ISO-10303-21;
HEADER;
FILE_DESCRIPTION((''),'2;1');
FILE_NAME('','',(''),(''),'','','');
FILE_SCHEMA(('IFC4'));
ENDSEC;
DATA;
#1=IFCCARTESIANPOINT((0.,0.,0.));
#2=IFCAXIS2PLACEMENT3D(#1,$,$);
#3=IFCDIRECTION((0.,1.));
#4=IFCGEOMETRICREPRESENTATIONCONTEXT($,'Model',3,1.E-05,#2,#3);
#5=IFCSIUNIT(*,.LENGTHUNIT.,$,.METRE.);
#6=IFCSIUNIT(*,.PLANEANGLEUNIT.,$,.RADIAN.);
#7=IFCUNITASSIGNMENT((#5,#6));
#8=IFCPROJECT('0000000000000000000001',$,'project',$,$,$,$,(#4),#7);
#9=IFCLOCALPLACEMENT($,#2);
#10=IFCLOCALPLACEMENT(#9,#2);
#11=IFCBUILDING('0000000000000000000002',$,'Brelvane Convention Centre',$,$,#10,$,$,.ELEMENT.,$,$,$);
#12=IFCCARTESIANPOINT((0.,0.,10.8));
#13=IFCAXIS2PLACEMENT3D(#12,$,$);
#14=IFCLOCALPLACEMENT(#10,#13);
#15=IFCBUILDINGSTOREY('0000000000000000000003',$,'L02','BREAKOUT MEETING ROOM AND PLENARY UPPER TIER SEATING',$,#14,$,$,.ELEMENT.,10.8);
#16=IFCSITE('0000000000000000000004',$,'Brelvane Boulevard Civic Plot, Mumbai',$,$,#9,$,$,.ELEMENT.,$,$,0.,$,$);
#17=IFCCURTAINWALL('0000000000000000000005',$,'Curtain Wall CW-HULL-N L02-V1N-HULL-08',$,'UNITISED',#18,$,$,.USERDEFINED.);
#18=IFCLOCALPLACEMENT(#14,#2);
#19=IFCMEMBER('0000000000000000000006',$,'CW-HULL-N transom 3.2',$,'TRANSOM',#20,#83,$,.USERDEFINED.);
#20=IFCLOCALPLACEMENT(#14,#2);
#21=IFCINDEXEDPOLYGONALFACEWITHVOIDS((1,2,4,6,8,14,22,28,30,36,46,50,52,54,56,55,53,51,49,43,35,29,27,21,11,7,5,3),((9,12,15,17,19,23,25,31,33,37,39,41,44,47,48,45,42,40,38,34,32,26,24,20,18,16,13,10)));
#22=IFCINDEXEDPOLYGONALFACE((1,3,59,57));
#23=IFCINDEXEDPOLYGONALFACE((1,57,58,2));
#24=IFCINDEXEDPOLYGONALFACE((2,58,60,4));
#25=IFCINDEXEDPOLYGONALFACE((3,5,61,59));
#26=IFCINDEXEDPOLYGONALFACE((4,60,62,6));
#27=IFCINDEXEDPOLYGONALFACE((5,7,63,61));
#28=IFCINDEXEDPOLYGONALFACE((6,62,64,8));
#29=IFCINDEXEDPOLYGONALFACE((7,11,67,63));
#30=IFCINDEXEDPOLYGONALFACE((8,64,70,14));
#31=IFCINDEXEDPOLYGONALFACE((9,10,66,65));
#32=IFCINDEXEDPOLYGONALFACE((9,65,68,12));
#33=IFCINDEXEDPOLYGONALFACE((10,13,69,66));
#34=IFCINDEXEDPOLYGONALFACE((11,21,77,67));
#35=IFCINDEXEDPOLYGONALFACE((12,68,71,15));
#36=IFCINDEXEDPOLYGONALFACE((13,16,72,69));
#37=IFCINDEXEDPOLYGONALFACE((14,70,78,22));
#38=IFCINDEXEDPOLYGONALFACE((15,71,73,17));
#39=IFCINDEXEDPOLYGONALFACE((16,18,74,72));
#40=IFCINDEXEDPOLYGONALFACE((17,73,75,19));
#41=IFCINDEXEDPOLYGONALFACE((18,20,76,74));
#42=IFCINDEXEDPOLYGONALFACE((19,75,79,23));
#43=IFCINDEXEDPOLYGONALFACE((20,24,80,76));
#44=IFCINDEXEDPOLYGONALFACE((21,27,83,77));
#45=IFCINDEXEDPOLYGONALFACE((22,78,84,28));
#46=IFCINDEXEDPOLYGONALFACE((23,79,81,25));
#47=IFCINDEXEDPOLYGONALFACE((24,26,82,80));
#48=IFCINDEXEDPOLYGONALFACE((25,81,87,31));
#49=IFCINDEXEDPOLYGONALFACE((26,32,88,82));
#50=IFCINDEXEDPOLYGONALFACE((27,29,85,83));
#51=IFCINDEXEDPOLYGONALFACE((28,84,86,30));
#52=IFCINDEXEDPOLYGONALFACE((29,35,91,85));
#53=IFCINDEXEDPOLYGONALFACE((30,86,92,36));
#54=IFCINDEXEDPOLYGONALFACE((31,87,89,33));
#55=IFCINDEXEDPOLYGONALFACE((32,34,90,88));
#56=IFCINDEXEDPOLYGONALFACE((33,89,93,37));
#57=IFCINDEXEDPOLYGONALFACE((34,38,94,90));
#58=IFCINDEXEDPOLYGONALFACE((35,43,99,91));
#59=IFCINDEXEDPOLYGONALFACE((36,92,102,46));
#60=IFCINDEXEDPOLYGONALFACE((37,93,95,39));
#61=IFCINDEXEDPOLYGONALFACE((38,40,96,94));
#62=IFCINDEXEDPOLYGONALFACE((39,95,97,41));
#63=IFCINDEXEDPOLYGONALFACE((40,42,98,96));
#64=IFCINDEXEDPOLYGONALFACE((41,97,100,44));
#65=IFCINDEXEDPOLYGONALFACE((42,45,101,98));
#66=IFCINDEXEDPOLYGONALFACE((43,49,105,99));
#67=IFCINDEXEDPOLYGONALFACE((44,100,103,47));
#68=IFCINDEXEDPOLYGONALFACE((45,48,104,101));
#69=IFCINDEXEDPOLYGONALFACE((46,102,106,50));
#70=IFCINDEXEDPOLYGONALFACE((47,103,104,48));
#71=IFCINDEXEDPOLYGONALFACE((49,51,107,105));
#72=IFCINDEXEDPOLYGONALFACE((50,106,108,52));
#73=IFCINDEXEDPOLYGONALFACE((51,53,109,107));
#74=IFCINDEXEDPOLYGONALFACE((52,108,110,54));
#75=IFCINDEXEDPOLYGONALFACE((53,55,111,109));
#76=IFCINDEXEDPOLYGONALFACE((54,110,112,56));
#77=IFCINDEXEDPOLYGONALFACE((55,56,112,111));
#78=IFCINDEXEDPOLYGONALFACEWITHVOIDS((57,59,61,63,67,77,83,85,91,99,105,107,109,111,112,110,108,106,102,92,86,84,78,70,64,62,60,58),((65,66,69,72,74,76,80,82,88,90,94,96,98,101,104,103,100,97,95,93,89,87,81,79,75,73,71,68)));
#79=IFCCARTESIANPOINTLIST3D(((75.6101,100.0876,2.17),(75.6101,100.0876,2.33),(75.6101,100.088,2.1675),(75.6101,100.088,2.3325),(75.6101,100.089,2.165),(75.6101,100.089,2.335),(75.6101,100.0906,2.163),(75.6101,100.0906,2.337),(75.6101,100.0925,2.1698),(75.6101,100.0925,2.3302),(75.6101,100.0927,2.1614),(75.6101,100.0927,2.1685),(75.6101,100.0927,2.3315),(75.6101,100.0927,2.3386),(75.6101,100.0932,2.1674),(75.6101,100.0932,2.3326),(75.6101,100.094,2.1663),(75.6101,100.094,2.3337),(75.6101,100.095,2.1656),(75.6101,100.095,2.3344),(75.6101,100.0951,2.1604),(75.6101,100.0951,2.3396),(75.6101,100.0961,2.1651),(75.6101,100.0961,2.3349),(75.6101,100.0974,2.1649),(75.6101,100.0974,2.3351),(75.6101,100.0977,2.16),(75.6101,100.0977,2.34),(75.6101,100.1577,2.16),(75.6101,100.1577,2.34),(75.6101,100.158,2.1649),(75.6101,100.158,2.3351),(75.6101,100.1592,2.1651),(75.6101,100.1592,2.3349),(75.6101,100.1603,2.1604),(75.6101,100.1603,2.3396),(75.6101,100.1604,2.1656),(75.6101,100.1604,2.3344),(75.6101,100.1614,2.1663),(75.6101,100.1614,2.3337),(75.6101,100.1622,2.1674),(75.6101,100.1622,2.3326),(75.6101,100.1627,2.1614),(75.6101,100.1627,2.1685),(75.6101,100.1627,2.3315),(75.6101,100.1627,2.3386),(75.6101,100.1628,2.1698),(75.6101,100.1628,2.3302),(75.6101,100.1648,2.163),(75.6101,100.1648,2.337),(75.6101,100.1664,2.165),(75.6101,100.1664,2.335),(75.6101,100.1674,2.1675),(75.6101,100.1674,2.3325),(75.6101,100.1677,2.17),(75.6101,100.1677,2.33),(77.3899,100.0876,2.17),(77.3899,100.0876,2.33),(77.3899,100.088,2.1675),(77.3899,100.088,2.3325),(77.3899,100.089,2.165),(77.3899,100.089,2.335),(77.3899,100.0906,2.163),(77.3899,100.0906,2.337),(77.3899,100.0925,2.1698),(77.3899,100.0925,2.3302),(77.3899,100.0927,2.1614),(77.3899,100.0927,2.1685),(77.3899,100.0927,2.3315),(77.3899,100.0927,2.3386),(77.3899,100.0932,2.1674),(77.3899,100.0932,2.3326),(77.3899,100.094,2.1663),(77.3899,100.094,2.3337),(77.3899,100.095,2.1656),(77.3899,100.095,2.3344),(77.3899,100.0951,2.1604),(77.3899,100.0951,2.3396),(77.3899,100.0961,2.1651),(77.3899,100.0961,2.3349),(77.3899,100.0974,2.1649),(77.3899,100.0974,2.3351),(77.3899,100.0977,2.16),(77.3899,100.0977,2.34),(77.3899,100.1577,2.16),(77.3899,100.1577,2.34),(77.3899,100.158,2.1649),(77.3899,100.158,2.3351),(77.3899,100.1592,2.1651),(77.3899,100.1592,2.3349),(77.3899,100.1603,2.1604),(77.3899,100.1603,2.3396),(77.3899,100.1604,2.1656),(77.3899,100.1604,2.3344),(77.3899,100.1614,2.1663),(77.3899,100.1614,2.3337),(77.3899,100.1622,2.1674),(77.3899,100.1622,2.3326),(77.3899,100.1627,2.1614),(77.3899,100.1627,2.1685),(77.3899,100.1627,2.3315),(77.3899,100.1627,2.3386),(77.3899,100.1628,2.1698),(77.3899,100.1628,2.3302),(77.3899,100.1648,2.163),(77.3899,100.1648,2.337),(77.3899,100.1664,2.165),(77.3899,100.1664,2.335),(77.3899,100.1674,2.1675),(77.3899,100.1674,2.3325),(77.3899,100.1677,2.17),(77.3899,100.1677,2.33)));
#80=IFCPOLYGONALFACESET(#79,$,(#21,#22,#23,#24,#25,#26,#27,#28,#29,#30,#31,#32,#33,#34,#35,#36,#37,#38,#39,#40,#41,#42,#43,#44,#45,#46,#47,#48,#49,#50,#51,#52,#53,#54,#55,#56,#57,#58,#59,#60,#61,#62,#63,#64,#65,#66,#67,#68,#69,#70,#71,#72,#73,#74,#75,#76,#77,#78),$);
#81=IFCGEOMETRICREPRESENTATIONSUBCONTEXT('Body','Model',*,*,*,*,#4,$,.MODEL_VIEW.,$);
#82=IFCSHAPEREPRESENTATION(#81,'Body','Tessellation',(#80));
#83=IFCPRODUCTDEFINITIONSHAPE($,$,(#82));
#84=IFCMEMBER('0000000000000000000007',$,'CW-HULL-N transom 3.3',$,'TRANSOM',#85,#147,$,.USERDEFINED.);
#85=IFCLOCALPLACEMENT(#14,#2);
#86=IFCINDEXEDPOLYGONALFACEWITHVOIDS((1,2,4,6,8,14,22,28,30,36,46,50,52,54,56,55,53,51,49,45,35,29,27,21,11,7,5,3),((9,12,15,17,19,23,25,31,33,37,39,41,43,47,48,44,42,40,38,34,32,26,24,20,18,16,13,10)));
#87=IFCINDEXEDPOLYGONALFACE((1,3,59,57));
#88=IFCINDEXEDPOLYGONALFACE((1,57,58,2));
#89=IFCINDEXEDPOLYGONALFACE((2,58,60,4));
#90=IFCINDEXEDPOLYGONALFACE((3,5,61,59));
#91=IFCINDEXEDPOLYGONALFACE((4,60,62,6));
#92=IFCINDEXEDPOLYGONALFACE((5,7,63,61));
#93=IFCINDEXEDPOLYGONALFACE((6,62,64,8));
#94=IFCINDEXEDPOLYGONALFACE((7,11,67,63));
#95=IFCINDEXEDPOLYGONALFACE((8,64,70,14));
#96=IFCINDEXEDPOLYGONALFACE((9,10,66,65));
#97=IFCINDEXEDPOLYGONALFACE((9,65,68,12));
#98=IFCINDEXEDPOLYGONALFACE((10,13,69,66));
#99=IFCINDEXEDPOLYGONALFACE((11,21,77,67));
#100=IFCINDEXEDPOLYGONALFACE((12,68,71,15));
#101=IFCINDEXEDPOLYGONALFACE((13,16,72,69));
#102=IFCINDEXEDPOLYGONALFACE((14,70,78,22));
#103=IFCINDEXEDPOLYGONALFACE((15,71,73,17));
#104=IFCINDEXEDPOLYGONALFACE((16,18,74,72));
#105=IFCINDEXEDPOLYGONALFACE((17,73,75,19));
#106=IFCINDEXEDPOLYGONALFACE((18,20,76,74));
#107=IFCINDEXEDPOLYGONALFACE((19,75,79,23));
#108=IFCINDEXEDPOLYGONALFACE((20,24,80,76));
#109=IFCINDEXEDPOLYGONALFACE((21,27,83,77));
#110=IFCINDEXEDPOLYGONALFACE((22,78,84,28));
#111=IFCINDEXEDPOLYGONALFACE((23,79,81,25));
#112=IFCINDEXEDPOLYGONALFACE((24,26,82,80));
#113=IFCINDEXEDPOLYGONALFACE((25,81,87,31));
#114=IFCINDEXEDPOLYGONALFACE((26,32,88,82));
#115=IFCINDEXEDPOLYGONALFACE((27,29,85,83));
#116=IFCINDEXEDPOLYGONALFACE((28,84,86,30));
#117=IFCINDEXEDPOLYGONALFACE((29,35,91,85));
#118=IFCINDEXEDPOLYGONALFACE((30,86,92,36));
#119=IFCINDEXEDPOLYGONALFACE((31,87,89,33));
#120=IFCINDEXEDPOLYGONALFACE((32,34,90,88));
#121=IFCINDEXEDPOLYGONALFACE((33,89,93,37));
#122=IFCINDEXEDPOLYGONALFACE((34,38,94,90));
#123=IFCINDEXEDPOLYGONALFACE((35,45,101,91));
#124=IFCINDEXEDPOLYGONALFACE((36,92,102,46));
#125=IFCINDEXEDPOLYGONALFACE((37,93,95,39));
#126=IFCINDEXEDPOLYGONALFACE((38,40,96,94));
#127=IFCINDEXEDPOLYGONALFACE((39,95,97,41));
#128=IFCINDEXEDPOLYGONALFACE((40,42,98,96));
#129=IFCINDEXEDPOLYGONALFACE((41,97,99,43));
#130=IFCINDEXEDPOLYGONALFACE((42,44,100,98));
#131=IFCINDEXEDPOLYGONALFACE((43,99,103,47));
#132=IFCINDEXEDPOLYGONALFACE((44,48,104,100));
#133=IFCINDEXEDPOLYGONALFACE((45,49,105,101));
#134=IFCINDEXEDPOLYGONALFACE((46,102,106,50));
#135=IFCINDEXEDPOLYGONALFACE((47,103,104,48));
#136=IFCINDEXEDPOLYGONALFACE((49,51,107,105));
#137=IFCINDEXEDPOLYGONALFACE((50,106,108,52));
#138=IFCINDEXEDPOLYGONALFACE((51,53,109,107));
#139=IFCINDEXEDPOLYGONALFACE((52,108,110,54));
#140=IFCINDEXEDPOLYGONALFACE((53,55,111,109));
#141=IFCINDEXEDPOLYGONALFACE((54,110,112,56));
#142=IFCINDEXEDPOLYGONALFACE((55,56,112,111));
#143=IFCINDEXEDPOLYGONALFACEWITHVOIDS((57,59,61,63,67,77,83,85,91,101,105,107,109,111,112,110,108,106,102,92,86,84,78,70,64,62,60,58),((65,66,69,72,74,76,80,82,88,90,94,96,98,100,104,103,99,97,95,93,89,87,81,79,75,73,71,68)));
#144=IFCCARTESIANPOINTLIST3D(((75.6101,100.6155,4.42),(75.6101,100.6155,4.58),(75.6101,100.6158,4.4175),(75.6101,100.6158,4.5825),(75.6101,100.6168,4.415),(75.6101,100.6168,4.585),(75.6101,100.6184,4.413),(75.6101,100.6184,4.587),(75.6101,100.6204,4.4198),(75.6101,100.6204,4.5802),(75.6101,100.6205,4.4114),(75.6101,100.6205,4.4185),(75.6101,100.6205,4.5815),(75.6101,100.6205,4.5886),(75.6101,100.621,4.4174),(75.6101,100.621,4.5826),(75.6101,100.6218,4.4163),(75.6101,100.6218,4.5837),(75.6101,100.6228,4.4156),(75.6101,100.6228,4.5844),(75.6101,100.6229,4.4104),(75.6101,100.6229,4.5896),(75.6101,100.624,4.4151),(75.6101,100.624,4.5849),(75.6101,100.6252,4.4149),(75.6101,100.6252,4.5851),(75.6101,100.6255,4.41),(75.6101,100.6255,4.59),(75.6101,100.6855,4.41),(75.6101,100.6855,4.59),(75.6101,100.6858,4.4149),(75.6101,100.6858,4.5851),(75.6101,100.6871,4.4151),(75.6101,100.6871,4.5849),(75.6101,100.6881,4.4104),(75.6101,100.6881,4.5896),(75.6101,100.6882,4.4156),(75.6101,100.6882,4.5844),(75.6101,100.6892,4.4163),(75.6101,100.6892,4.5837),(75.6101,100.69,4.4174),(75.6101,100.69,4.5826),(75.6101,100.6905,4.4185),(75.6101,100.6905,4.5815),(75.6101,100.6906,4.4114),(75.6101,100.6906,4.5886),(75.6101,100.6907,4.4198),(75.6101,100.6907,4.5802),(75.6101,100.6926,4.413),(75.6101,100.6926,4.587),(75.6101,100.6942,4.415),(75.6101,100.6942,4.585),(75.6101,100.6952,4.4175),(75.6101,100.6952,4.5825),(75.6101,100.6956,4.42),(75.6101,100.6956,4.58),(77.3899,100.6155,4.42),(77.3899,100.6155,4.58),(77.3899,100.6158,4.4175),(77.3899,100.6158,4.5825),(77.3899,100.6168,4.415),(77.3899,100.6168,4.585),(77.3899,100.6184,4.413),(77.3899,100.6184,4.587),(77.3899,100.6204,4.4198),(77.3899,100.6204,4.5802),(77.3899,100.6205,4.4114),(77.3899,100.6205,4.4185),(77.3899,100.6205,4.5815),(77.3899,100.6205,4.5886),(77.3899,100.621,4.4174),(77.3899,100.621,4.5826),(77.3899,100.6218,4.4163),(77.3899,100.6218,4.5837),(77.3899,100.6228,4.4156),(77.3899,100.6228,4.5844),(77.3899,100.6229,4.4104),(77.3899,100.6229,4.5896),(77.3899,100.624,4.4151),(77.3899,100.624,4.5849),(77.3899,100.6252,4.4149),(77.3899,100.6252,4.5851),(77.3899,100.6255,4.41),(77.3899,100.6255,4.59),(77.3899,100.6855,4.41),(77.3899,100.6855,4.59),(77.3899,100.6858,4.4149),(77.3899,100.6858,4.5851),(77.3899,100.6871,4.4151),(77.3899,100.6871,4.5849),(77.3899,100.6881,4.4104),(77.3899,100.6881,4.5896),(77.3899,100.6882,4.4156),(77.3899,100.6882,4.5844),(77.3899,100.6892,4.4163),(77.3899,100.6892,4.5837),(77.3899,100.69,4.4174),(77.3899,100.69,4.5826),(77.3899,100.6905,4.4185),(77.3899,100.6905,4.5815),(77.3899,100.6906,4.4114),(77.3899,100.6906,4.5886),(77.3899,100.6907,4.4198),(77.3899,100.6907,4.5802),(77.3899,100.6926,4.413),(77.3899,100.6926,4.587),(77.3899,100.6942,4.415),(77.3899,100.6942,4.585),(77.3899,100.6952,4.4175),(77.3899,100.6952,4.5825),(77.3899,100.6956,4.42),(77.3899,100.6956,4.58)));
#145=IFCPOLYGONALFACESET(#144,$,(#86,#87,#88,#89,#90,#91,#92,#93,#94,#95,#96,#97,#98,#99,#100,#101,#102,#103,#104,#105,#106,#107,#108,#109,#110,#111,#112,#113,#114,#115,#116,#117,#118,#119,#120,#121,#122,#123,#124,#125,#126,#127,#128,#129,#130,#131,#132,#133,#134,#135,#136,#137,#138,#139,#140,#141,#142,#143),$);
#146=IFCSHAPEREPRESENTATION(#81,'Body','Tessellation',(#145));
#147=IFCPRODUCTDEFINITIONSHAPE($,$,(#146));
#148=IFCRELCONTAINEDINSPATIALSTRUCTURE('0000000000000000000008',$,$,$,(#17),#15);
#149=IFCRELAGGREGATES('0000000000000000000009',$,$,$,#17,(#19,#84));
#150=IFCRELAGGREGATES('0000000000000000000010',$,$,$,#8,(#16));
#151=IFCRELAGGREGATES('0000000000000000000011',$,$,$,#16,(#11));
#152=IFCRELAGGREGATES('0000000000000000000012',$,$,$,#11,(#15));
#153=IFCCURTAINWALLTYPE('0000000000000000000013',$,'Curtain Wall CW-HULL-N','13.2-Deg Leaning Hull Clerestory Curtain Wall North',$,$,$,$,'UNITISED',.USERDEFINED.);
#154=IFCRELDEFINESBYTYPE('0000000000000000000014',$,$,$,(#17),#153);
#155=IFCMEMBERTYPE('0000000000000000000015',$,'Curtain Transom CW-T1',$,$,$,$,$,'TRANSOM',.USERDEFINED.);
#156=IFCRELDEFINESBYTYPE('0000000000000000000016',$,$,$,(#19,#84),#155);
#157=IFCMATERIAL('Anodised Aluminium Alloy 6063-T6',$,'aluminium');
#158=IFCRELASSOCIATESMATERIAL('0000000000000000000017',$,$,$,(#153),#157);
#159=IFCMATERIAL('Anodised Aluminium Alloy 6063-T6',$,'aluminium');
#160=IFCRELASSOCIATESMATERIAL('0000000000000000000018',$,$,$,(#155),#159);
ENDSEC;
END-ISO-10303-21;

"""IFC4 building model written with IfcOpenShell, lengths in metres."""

from ifc_helpers import new_model, si_unit, direction, frame, origin, origin_2d, place, context, subcontext, project, spatial, hollow_rectangle, extrude, material, material_profile, profile_set, type_object, element, aggregate, save


model = new_model("IFC4")

# Units and contexts
model_context = context("Model", 3, precision=1e-05, world=origin(), true_north=direction((0.0, 1.0)))
body_context = subcontext(model_context, "Body", "Model", "MODEL_VIEW")
ifc_project = project(units=[si_unit("LENGTHUNIT", "METRE"), si_unit("PLANEANGLEUNIT", "RADIAN")], contexts=[model_context])

# Site, building, storey
site_placement = place(None, origin())
site = spatial("IfcSite", under=ifc_project, at=site_placement, Name="Brelvane Boulevard Civic Plot, Mumbai", CompositionType="ELEMENT", RefElevation=0.0)
building_placement = place(site_placement, origin())
building = spatial("IfcBuilding", under=site, at=building_placement, Name="Brelvane Convention Centre", CompositionType="ELEMENT")
storey_placement = place(building_placement, frame((0.0, 0.0, 10.8)))
storey = spatial("IfcBuildingStorey", under=building, at=storey_placement, Name="L02", Description="BREAKOUT MEETING ROOM AND PLENARY UPPER TIER SEATING", CompositionType="ELEMENT", Elevation=10.8)

# Shared definitions
ifc_material_1 = material(Name="Anodised Aluminium Alloy 6063-T6", Category="aluminium")
curtain_wall_type = type_object("IfcCurtainWallType", Name="Curtain Wall CW-HULL-N", Description="13.2-Deg Leaning Hull Clerestory Curtain Wall North", ElementType="UNITISED", PredefinedType="USERDEFINED", material=ifc_material_1)

# Curtain wall
curtain_wall_1_placement = place(storey_placement, origin())
curtain_wall_1 = element("IfcCurtainWall", 1, at=curtain_wall_1_placement, inside=storey, type_object=curtain_wall_type, Name="Curtain Wall CW-HULL-N L02-V1N-HULL-08", ObjectType="UNITISED", PredefinedType="USERDEFINED")

# Members
ifc_material_2 = material(Name="Anodised Aluminium Alloy 6063-T6", Category="aluminium")
ifc_material_profile_1 = material_profile(ifc_material_2, hollow_rectangle(XDim=0.0801, YDim=0.1799, WallThickness=0.0049, InnerFilletRadius=0.0049, OuterFilletRadius=0.01, at=origin_2d()), Name="ALU-T 180x80x5.0")
ifc_profile_set_1 = profile_set([ifc_material_profile_1], Name="Anodised Aluminium Alloy 6063-T6")
member_type_1 = type_object("IfcMemberType", Name="Curtain Transom CW-T1", ElementType="TRANSOM", PredefinedType="USERDEFINED", material=ifc_profile_set_1)
member_1_placement = place(storey_placement, frame((75.6101, 100.1277, 2.25), z_axis=(1.0, 0.0, 0.0), x_axis=(0.0, 1.0, 0.0)))
member_1 = element("IfcMember", 2, at=member_1_placement, type_object=member_type_1, Name="CW-HULL-N transom 3.2", ObjectType="TRANSOM", PredefinedType="USERDEFINED", context=body_context, shape_type="SweptSolid", body=[
    extrude(hollow_rectangle(XDim=0.0801, YDim=0.1799, WallThickness=0.0049, InnerFilletRadius=0.0049, OuterFilletRadius=0.01, at=origin_2d()), origin(), (0.0, 0.0, 1.0), 1.7798),
])
member_2_placement = place(storey_placement, frame((75.6101, 100.6555, 4.5), z_axis=(1.0, 0.0, 0.0), x_axis=(0.0, 1.0, 0.0)))
member_2 = element("IfcMember", 3, at=member_2_placement, type_object=member_type_1, Name="CW-HULL-N transom 3.3", ObjectType="TRANSOM", PredefinedType="USERDEFINED", context=body_context, shape_type="SweptSolid", body=[
    extrude(hollow_rectangle(XDim=0.0801, YDim=0.1799, WallThickness=0.0049, InnerFilletRadius=0.0049, OuterFilletRadius=0.01, at=origin_2d()), origin(), (0.0, 0.0, 1.0), 1.7798),
])

aggregate(curtain_wall_1, [member_1, member_2])

save(model, "model.ifc")
